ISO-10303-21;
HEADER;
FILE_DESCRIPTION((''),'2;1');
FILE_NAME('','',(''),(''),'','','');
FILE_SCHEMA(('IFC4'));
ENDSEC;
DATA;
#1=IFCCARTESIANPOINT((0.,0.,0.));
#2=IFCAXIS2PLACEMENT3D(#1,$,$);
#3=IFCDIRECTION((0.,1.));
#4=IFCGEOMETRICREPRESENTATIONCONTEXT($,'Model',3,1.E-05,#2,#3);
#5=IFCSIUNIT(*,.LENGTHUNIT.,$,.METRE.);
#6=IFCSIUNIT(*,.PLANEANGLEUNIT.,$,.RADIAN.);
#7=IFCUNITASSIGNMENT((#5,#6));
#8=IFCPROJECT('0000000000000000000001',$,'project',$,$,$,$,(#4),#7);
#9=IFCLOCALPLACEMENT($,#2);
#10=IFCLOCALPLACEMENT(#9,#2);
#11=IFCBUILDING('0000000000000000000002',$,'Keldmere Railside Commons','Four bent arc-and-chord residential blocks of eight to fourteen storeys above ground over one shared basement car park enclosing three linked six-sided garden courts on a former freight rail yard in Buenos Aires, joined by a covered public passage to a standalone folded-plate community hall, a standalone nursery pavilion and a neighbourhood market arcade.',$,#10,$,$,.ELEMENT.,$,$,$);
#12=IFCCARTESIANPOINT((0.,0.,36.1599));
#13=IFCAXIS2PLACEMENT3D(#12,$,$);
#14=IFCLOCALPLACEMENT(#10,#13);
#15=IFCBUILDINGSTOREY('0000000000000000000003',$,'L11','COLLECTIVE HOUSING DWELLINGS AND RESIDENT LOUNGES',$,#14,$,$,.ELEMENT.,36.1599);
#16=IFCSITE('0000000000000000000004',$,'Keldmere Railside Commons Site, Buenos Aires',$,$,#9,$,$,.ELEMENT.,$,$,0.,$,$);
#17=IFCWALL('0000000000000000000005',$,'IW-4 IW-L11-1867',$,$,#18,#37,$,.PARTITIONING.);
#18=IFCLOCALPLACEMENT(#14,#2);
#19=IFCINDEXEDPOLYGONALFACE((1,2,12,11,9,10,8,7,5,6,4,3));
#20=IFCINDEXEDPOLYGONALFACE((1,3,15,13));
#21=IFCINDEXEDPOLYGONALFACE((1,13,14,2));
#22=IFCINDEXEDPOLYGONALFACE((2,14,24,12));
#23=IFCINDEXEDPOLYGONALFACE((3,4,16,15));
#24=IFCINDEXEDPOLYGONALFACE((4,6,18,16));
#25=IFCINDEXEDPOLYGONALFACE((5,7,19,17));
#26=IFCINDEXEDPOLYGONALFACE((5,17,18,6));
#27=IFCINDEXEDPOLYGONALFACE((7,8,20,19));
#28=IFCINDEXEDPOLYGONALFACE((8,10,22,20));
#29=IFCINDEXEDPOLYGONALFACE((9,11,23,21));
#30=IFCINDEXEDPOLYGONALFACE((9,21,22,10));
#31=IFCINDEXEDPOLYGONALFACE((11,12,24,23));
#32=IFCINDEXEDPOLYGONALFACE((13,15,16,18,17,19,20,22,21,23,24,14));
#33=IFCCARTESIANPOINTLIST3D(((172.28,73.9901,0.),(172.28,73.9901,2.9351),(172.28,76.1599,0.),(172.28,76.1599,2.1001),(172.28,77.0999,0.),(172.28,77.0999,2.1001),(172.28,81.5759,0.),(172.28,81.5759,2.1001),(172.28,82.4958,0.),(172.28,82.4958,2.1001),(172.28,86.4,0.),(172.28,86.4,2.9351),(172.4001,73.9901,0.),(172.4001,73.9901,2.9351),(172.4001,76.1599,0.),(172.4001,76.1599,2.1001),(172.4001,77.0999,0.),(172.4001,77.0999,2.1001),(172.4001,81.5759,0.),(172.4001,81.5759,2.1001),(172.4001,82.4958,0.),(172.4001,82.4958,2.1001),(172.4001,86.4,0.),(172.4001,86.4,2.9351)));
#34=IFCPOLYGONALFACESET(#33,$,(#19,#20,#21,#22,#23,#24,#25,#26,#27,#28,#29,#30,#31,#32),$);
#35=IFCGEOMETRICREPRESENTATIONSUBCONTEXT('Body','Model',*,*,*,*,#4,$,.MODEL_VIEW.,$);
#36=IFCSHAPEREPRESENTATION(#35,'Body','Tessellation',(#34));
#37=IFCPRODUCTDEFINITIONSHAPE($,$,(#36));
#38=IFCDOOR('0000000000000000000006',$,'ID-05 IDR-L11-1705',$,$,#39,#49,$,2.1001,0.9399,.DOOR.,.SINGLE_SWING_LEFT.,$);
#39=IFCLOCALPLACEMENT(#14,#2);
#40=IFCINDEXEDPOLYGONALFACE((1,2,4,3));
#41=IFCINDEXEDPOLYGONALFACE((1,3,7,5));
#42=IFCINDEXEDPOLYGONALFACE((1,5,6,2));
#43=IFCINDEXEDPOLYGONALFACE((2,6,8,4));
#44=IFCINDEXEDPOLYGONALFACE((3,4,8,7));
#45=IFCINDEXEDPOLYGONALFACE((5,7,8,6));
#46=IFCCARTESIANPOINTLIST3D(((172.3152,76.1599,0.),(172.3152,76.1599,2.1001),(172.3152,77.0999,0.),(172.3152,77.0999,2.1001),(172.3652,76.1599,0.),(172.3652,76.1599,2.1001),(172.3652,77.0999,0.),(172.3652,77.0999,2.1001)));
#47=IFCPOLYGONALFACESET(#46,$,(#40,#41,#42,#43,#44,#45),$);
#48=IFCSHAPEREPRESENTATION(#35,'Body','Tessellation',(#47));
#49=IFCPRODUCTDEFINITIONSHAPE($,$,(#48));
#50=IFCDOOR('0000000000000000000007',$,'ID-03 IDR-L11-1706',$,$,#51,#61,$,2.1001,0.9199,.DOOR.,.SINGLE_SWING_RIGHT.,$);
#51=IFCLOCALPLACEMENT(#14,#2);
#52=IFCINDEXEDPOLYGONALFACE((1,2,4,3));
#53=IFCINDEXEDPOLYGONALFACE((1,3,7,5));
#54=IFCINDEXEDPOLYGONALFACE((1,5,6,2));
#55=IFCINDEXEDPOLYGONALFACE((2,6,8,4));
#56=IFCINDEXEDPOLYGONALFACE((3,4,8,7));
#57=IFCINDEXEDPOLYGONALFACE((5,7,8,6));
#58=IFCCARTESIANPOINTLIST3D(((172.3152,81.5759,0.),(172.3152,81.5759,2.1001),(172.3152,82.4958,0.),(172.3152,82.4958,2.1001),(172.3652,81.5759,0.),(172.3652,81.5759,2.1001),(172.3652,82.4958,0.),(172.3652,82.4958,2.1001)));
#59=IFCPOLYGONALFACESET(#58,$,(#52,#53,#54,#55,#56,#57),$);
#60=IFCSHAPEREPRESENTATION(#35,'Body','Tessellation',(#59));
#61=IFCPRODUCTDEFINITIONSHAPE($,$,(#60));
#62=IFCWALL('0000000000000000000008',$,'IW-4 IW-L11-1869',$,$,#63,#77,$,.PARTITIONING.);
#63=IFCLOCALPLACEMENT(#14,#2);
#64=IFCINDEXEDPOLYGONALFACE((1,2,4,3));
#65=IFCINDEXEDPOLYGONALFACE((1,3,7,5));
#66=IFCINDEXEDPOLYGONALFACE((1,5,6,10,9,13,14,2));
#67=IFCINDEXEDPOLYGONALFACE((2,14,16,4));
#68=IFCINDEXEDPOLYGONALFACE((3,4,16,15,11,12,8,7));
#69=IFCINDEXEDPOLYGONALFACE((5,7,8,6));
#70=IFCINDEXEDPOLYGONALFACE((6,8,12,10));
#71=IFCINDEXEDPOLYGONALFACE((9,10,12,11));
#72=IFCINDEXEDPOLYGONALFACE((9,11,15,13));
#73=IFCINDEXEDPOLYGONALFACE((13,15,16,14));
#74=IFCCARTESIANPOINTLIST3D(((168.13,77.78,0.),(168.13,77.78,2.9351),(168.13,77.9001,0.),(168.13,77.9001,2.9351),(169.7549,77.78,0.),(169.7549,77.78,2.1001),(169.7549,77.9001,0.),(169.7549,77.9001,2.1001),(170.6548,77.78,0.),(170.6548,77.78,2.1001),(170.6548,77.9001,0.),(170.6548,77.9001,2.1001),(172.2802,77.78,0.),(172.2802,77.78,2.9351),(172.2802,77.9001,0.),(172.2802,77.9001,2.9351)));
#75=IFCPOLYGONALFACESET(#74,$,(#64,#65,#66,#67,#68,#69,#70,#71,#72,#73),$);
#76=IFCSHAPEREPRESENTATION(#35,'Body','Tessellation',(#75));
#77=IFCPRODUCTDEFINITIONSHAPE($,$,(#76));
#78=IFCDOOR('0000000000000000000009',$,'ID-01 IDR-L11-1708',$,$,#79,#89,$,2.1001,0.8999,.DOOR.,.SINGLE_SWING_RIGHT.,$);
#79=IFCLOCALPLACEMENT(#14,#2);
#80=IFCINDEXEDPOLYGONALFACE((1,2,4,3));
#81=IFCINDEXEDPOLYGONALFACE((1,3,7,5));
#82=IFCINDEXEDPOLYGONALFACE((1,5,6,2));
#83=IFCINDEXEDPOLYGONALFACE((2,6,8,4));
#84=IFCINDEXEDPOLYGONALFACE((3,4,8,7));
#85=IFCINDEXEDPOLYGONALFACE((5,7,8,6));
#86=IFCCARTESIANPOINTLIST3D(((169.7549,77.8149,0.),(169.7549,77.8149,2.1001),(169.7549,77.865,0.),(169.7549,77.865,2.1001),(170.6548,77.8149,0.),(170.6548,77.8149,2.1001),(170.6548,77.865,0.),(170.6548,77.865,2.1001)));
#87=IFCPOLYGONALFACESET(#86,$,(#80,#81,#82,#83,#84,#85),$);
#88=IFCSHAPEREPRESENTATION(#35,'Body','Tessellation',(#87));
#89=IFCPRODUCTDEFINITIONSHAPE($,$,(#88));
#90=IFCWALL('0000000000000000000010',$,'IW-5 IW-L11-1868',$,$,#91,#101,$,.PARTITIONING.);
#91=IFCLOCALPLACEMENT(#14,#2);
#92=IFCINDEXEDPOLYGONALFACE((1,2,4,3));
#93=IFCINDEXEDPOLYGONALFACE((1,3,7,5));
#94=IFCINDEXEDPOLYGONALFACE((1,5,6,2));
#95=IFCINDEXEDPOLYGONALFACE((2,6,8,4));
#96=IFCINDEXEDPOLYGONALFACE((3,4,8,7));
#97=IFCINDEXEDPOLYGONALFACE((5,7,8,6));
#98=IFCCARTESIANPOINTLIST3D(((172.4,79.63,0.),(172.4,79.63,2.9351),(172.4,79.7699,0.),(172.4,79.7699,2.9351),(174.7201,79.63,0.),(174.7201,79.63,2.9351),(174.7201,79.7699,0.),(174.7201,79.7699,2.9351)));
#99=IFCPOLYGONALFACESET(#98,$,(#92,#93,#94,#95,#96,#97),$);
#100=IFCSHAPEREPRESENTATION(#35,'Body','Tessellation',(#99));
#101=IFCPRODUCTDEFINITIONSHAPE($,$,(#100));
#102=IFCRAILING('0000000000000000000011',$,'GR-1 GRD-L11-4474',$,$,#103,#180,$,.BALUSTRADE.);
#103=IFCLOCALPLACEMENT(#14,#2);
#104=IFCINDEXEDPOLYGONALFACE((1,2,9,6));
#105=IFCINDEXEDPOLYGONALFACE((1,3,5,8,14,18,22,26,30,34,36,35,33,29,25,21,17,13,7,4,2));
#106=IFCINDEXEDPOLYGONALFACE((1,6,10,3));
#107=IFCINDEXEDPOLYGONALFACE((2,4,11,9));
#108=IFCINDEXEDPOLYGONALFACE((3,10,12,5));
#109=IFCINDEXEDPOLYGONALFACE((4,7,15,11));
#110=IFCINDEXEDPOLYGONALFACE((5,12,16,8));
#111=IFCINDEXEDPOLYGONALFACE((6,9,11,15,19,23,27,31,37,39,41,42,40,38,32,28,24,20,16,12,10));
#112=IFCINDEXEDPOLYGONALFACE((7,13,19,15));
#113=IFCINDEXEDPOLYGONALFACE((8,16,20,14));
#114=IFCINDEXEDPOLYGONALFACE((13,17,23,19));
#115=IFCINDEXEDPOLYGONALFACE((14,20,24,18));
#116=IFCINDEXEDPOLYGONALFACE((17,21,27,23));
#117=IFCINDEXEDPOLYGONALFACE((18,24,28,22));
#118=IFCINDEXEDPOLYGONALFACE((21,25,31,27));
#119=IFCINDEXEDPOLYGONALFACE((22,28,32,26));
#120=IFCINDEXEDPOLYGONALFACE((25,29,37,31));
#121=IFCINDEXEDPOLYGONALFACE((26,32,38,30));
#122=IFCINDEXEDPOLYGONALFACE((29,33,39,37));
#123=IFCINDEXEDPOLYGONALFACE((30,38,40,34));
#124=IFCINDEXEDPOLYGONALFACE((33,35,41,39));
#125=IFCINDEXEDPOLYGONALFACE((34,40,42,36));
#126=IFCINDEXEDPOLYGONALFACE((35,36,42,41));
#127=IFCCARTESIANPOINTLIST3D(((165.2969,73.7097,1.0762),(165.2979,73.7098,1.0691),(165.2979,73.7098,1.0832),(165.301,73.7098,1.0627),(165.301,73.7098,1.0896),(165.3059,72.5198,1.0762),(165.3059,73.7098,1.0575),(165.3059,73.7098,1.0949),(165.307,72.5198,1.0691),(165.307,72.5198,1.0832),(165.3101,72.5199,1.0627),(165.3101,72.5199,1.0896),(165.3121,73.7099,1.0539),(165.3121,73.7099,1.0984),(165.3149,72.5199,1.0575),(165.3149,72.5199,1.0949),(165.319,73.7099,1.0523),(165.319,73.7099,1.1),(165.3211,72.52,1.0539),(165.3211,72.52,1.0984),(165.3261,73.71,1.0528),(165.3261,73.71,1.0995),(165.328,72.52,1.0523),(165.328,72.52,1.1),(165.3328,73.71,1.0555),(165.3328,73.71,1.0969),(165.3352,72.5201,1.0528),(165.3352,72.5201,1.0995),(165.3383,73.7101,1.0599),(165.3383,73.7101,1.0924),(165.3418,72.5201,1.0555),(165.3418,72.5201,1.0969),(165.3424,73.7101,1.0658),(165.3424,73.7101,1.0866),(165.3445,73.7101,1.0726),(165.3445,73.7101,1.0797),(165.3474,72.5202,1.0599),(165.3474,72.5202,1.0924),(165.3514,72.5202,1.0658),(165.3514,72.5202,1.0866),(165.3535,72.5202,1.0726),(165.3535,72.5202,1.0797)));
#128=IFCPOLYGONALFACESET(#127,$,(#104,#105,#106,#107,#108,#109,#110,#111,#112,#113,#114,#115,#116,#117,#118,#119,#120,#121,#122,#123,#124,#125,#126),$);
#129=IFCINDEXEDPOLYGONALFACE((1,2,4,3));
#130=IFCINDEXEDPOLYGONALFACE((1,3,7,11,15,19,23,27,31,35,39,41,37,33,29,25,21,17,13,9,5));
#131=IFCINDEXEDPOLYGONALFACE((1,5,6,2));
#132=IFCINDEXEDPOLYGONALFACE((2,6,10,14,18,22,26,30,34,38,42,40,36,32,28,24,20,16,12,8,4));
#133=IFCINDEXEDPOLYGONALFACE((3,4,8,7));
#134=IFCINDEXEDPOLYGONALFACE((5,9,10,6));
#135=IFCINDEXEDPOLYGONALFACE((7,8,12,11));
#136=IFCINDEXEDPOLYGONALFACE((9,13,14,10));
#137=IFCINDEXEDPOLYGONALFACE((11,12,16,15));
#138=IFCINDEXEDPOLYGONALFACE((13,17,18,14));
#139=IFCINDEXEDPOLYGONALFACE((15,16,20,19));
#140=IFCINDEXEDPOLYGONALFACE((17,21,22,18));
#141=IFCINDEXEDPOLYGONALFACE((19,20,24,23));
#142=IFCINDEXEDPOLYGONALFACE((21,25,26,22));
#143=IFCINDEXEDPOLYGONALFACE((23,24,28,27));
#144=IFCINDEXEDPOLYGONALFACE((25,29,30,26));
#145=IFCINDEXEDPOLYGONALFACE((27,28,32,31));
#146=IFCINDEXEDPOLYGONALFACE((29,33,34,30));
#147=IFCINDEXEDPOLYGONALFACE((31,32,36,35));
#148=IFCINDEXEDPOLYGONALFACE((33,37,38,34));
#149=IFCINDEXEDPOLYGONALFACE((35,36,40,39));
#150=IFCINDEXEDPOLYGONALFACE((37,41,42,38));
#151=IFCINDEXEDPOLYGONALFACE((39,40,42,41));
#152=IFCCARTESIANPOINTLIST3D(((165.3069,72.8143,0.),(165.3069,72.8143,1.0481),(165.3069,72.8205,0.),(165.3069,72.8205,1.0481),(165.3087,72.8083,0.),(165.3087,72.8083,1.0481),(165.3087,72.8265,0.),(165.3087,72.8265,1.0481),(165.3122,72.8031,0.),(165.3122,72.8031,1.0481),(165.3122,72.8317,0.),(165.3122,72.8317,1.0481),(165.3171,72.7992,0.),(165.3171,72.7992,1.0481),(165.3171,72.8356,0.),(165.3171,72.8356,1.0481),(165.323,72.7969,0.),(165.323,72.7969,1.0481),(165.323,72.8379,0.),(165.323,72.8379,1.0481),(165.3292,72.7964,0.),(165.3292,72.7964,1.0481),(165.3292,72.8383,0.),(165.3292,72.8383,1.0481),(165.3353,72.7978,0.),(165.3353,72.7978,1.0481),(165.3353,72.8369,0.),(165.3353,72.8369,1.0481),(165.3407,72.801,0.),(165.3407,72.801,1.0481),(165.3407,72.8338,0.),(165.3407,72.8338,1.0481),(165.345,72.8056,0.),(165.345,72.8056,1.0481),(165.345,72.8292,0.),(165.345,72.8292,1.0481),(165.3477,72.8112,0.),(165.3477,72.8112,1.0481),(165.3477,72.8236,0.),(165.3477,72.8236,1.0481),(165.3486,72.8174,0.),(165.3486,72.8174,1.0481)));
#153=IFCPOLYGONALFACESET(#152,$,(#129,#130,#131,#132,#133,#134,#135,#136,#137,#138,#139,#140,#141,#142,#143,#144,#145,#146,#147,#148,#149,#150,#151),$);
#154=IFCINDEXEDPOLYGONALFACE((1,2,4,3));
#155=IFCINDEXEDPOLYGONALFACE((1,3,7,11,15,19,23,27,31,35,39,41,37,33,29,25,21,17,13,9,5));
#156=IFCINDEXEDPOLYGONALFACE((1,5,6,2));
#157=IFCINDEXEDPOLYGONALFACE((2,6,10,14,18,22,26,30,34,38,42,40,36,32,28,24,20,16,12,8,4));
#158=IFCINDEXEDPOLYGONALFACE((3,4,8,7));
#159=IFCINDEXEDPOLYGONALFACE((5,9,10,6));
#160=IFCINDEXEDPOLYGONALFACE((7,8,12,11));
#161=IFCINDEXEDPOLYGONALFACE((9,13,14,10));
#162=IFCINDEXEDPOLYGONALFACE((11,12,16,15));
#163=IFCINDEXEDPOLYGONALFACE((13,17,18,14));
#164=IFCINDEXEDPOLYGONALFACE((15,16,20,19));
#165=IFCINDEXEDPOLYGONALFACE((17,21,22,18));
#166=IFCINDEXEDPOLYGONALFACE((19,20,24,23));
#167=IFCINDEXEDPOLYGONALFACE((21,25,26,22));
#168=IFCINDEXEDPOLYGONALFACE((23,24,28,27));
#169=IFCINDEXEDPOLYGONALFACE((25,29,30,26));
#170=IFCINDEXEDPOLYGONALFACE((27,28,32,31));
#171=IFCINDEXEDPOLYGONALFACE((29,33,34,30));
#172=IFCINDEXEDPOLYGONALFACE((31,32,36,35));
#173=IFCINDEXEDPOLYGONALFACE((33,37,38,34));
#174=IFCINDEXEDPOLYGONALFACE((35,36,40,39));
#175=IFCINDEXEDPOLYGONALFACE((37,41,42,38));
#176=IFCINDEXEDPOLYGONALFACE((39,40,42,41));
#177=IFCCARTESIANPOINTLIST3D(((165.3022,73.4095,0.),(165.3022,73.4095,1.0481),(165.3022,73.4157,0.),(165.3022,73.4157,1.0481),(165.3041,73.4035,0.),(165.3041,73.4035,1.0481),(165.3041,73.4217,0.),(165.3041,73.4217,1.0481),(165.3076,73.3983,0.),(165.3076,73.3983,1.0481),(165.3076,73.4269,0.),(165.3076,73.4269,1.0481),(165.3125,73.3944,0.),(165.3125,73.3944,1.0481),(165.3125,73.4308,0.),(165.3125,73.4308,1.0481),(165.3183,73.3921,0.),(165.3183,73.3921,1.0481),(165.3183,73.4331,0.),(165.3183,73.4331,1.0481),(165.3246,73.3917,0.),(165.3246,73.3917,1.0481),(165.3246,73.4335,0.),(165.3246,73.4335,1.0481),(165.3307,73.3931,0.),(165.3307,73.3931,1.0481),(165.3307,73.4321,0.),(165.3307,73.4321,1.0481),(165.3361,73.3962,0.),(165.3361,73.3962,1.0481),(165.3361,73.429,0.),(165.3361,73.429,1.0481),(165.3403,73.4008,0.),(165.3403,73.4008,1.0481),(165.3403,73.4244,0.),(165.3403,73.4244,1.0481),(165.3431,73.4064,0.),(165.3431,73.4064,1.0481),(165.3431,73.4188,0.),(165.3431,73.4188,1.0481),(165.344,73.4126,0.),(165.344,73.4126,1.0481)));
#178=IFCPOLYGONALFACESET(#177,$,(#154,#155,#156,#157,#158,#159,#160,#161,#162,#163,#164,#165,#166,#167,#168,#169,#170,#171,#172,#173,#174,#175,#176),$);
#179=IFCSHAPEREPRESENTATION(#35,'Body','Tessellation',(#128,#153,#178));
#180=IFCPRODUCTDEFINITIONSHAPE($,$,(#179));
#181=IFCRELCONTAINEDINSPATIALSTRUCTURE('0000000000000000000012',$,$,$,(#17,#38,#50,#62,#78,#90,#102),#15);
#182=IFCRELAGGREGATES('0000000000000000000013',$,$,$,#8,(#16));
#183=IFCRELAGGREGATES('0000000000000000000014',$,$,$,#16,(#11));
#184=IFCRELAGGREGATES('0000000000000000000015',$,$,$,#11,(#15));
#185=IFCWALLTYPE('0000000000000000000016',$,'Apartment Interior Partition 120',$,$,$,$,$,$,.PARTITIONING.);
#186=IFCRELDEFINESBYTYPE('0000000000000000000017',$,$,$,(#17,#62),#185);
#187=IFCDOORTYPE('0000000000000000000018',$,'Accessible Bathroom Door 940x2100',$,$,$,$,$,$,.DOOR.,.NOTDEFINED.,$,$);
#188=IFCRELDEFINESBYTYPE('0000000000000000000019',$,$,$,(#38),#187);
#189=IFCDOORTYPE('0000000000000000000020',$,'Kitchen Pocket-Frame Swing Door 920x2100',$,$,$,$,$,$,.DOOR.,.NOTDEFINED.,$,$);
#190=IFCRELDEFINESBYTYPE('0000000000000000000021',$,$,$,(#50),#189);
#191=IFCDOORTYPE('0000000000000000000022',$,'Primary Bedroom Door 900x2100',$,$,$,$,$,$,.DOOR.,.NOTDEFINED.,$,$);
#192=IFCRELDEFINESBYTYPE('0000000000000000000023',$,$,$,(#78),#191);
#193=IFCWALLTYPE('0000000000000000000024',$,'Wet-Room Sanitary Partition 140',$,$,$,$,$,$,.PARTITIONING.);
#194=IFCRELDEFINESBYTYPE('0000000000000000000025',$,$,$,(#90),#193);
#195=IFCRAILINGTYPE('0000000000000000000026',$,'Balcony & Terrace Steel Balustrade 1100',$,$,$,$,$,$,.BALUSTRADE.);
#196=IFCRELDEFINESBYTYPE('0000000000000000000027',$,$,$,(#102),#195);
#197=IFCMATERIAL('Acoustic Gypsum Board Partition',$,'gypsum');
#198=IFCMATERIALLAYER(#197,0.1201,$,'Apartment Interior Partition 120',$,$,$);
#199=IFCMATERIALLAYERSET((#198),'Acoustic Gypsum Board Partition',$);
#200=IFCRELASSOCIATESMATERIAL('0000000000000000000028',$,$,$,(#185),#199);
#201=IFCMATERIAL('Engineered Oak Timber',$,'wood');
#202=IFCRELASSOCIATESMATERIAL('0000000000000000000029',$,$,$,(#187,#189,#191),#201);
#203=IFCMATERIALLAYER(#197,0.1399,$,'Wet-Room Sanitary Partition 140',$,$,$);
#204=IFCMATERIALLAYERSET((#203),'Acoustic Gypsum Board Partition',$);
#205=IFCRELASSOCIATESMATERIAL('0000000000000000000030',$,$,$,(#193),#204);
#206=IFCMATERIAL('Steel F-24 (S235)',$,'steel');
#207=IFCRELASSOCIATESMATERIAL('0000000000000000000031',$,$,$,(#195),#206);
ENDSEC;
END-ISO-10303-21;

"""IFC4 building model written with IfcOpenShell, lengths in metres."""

from ifc_helpers import new_model, si_unit, direction, frame, frame_2d, origin, origin_2d, place, context, subcontext, project, spatial, rectangle, circle, extrude, material, layer, layer_set, type_object, element, fill, save


model = new_model("IFC4")

# Units and contexts
model_context = context("Model", 3, precision=1e-05, world=origin(), true_north=direction((0.0, 1.0)))
body_context = subcontext(model_context, "Body", "Model", "MODEL_VIEW")
ifc_project = project(units=[si_unit("LENGTHUNIT", "METRE"), si_unit("PLANEANGLEUNIT", "RADIAN")], contexts=[model_context])

# Site, building, storey
site_placement = place(None, origin())
site = spatial("IfcSite", under=ifc_project, at=site_placement, Name="Keldmere Railside Commons Site, Buenos Aires", CompositionType="ELEMENT", RefElevation=0.0)
building_placement = place(site_placement, origin())
building = spatial("IfcBuilding", under=site, at=building_placement, Name="Keldmere Railside Commons", Description="Four bent arc-and-chord residential blocks of eight to fourteen storeys above ground over one shared basement car park enclosing three linked six-sided garden courts on a former freight rail yard in Buenos Aires, joined by a covered public passage to a standalone folded-plate community hall, a standalone nursery pavilion and a neighbourhood market arcade.", CompositionType="ELEMENT")
storey_placement = place(building_placement, frame((0.0, 0.0, 36.1599)))
storey = spatial("IfcBuildingStorey", under=building, at=storey_placement, Name="L11", Description="COLLECTIVE HOUSING DWELLINGS AND RESIDENT LOUNGES", CompositionType="ELEMENT", Elevation=36.1599)

# Shared definitions
ifc_material_1 = material(Name="Acoustic Gypsum Board Partition", Category="gypsum")

# Wall, openings, doors
ifc_layer_1 = layer(ifc_material_1, 0.1201, Name="Apartment Interior Partition 120")
ifc_layer_set_1 = layer_set([ifc_layer_1], Name="Acoustic Gypsum Board Partition")
wall_type_1 = type_object("IfcWallType", Name="Apartment Interior Partition 120", PredefinedType="PARTITIONING", material=ifc_layer_set_1)
wall_1_placement = place(storey_placement, frame((172.3401, 73.99, 0.0), z_axis=(0.0, 0.0, 1.0), x_axis=(0.0, 1.0, 0.0)))
wall_1 = element("IfcWall", 1, at=wall_1_placement, inside=storey, type_object=wall_type_1, Name="IW-4 IW-L11-1867", PredefinedType="PARTITIONING", context=body_context, shape_type="SweptSolid", body=[
    extrude(rectangle(XDim=12.4099, YDim=0.1201, at=frame_2d((6.2051, 0.0))), origin(), (0.0, 0.0, 1.0), 2.9351),
])
opening_1_placement = place(wall_1_placement, frame((2.1699, 0.0, 0.0)))
opening_1 = element("IfcOpeningElement", 2, at=opening_1_placement, cuts=wall_1, PredefinedType="OPENING", context=body_context, shape_type="SweptSolid", body=[
    extrude(rectangle(XDim=0.9399, YDim=2.1001, at=frame_2d((0.47, 1.05))), frame((0.0, 0.0701, 0.0), z_axis=(0.0, -1.0, 0.0), x_axis=(1.0, 0.0, 0.0)), (0.0, 0.0, 1.0), 0.1401),
])
opening_2_placement = place(wall_1_placement, frame((7.5859, 0.0, 0.0)))
opening_2 = element("IfcOpeningElement", 3, at=opening_2_placement, cuts=wall_1, PredefinedType="OPENING", context=body_context, shape_type="SweptSolid", body=[
    extrude(rectangle(XDim=0.9199, YDim=2.1001, at=frame_2d((0.46, 1.05))), frame((0.0, 0.0701, 0.0), z_axis=(0.0, -1.0, 0.0), x_axis=(1.0, 0.0, 0.0)), (0.0, 0.0, 1.0), 0.1401),
])
ifc_material_2 = material(Name="Engineered Oak Timber", Category="wood")
door_type_1 = type_object("IfcDoorType", Name="Accessible Bathroom Door 940x2100", OperationType="NOTDEFINED", PredefinedType="DOOR", material=ifc_material_2)
door_1_placement = place(opening_1_placement, origin())
door_1 = element("IfcDoor", 4, at=door_1_placement, inside=storey, type_object=door_type_1, Name="ID-05 IDR-L11-1705", OperationType="SINGLE_SWING_LEFT", OverallHeight=2.1001, OverallWidth=0.9399, PredefinedType="DOOR", context=body_context, shape_type="SweptSolid", body=[
    extrude(rectangle(XDim=0.9399, YDim=2.1001, at=frame_2d((0.47, 1.05))), frame((0.0, 0.0249, 0.0), z_axis=(0.0, -1.0, 0.0), x_axis=(1.0, 0.0, 0.0)), (0.0, 0.0, 1.0), 0.05),
])
fill(opening_1, door_1)
door_type_2 = type_object("IfcDoorType", Name="Kitchen Pocket-Frame Swing Door 920x2100", OperationType="NOTDEFINED", PredefinedType="DOOR", material=ifc_material_2)
door_2_placement = place(opening_2_placement, origin())
door_2 = element("IfcDoor", 5, at=door_2_placement, inside=storey, type_object=door_type_2, Name="ID-03 IDR-L11-1706", OperationType="SINGLE_SWING_RIGHT", OverallHeight=2.1001, OverallWidth=0.9199, PredefinedType="DOOR", context=body_context, shape_type="SweptSolid", body=[
    extrude(rectangle(XDim=0.9199, YDim=2.1001, at=frame_2d((0.46, 1.05))), frame((0.0, 0.0249, 0.0), z_axis=(0.0, -1.0, 0.0), x_axis=(1.0, 0.0, 0.0)), (0.0, 0.0, 1.0), 0.05),
])
fill(opening_2, door_2)

# Wall, opening, door
wall_2_placement = place(storey_placement, frame((168.1299, 77.8401, 0.0), z_axis=(0.0, 0.0, 1.0), x_axis=(1.0, 0.0, 0.0)))
wall_2 = element("IfcWall", 6, at=wall_2_placement, inside=storey, type_object=wall_type_1, Name="IW-4 IW-L11-1869", PredefinedType="PARTITIONING", context=body_context, shape_type="SweptSolid", body=[
    extrude(rectangle(XDim=4.1501, YDim=0.1201, at=frame_2d((2.0752, 0.0))), origin(), (0.0, 0.0, 1.0), 2.9351),
])
opening_3_placement = place(wall_2_placement, frame((1.625, 0.0, 0.0)))
opening_3 = element("IfcOpeningElement", 7, at=opening_3_placement, cuts=wall_2, PredefinedType="OPENING", context=body_context, shape_type="SweptSolid", body=[
    extrude(rectangle(XDim=0.8999, YDim=2.1001, at=frame_2d((0.45, 1.05))), frame((0.0, 0.0701, 0.0), z_axis=(0.0, -1.0, 0.0), x_axis=(1.0, 0.0, 0.0)), (0.0, 0.0, 1.0), 0.1401),
])
door_type_3 = type_object("IfcDoorType", Name="Primary Bedroom Door 900x2100", OperationType="NOTDEFINED", PredefinedType="DOOR", material=ifc_material_2)
door_3_placement = place(opening_3_placement, origin())
door_3 = element("IfcDoor", 8, at=door_3_placement, inside=storey, type_object=door_type_3, Name="ID-01 IDR-L11-1708", OperationType="SINGLE_SWING_RIGHT", OverallHeight=2.1001, OverallWidth=0.8999, PredefinedType="DOOR", context=body_context, shape_type="SweptSolid", body=[
    extrude(rectangle(XDim=0.8999, YDim=2.1001, at=frame_2d((0.45, 1.05))), frame((0.0, 0.0249, 0.0), z_axis=(0.0, -1.0, 0.0), x_axis=(1.0, 0.0, 0.0)), (0.0, 0.0, 1.0), 0.05),
])
fill(opening_3, door_3)

# Wall
ifc_layer_2 = layer(ifc_material_1, 0.1399, Name="Wet-Room Sanitary Partition 140")
ifc_layer_set_2 = layer_set([ifc_layer_2], Name="Acoustic Gypsum Board Partition")
wall_type_2 = type_object("IfcWallType", Name="Wet-Room Sanitary Partition 140", PredefinedType="PARTITIONING", material=ifc_layer_set_2)
wall_3_placement = place(storey_placement, frame((172.3999, 79.7, 0.0), z_axis=(0.0, 0.0, 1.0), x_axis=(1.0, 0.0, 0.0)))
element("IfcWall", 9, at=wall_3_placement, inside=storey, type_object=wall_type_2, Name="IW-5 IW-L11-1868", PredefinedType="PARTITIONING", context=body_context, shape_type="SweptSolid", body=[
    extrude(rectangle(XDim=2.3201, YDim=0.1399, at=frame_2d((1.1602, 0.0))), origin(), (0.0, 0.0, 1.0), 2.9351),
])

# Railing
ifc_material_3 = material(Name="Steel F-24 (S235)", Category="steel")
railing_type = type_object("IfcRailingType", Name="Balcony & Terrace Steel Balustrade 1100", PredefinedType="BALUSTRADE", material=ifc_material_3)
railing_1_placement = place(storey_placement, frame((165.3298, 72.52, 0.0)))
element("IfcRailing", 10, at=railing_1_placement, inside=storey, type_object=railing_type, Name="GR-1 GRD-L11-4474", PredefinedType="BALUSTRADE", context=body_context, shape_type="SweptSolid", body=[
    extrude(circle(Radius=0.0239, at=origin_2d()), frame((0.0, 0.0, 1.0762), z_axis=(-0.007591, 0.999971, 0.0), x_axis=(-0.999971, -0.007591, 0.0)), (0.0, 0.0, 1.0), 1.1899),
    extrude(circle(Radius=0.021, at=origin_2d()), frame((-0.0022, 0.2974, 0.0)), (0.0, 0.0, 1.0), 1.0481),
    extrude(circle(Radius=0.021, at=origin_2d()), frame((-0.0068, 0.8926, 0.0)), (0.0, 0.0, 1.0), 1.0481),
])

save(model, "model.ifc")
